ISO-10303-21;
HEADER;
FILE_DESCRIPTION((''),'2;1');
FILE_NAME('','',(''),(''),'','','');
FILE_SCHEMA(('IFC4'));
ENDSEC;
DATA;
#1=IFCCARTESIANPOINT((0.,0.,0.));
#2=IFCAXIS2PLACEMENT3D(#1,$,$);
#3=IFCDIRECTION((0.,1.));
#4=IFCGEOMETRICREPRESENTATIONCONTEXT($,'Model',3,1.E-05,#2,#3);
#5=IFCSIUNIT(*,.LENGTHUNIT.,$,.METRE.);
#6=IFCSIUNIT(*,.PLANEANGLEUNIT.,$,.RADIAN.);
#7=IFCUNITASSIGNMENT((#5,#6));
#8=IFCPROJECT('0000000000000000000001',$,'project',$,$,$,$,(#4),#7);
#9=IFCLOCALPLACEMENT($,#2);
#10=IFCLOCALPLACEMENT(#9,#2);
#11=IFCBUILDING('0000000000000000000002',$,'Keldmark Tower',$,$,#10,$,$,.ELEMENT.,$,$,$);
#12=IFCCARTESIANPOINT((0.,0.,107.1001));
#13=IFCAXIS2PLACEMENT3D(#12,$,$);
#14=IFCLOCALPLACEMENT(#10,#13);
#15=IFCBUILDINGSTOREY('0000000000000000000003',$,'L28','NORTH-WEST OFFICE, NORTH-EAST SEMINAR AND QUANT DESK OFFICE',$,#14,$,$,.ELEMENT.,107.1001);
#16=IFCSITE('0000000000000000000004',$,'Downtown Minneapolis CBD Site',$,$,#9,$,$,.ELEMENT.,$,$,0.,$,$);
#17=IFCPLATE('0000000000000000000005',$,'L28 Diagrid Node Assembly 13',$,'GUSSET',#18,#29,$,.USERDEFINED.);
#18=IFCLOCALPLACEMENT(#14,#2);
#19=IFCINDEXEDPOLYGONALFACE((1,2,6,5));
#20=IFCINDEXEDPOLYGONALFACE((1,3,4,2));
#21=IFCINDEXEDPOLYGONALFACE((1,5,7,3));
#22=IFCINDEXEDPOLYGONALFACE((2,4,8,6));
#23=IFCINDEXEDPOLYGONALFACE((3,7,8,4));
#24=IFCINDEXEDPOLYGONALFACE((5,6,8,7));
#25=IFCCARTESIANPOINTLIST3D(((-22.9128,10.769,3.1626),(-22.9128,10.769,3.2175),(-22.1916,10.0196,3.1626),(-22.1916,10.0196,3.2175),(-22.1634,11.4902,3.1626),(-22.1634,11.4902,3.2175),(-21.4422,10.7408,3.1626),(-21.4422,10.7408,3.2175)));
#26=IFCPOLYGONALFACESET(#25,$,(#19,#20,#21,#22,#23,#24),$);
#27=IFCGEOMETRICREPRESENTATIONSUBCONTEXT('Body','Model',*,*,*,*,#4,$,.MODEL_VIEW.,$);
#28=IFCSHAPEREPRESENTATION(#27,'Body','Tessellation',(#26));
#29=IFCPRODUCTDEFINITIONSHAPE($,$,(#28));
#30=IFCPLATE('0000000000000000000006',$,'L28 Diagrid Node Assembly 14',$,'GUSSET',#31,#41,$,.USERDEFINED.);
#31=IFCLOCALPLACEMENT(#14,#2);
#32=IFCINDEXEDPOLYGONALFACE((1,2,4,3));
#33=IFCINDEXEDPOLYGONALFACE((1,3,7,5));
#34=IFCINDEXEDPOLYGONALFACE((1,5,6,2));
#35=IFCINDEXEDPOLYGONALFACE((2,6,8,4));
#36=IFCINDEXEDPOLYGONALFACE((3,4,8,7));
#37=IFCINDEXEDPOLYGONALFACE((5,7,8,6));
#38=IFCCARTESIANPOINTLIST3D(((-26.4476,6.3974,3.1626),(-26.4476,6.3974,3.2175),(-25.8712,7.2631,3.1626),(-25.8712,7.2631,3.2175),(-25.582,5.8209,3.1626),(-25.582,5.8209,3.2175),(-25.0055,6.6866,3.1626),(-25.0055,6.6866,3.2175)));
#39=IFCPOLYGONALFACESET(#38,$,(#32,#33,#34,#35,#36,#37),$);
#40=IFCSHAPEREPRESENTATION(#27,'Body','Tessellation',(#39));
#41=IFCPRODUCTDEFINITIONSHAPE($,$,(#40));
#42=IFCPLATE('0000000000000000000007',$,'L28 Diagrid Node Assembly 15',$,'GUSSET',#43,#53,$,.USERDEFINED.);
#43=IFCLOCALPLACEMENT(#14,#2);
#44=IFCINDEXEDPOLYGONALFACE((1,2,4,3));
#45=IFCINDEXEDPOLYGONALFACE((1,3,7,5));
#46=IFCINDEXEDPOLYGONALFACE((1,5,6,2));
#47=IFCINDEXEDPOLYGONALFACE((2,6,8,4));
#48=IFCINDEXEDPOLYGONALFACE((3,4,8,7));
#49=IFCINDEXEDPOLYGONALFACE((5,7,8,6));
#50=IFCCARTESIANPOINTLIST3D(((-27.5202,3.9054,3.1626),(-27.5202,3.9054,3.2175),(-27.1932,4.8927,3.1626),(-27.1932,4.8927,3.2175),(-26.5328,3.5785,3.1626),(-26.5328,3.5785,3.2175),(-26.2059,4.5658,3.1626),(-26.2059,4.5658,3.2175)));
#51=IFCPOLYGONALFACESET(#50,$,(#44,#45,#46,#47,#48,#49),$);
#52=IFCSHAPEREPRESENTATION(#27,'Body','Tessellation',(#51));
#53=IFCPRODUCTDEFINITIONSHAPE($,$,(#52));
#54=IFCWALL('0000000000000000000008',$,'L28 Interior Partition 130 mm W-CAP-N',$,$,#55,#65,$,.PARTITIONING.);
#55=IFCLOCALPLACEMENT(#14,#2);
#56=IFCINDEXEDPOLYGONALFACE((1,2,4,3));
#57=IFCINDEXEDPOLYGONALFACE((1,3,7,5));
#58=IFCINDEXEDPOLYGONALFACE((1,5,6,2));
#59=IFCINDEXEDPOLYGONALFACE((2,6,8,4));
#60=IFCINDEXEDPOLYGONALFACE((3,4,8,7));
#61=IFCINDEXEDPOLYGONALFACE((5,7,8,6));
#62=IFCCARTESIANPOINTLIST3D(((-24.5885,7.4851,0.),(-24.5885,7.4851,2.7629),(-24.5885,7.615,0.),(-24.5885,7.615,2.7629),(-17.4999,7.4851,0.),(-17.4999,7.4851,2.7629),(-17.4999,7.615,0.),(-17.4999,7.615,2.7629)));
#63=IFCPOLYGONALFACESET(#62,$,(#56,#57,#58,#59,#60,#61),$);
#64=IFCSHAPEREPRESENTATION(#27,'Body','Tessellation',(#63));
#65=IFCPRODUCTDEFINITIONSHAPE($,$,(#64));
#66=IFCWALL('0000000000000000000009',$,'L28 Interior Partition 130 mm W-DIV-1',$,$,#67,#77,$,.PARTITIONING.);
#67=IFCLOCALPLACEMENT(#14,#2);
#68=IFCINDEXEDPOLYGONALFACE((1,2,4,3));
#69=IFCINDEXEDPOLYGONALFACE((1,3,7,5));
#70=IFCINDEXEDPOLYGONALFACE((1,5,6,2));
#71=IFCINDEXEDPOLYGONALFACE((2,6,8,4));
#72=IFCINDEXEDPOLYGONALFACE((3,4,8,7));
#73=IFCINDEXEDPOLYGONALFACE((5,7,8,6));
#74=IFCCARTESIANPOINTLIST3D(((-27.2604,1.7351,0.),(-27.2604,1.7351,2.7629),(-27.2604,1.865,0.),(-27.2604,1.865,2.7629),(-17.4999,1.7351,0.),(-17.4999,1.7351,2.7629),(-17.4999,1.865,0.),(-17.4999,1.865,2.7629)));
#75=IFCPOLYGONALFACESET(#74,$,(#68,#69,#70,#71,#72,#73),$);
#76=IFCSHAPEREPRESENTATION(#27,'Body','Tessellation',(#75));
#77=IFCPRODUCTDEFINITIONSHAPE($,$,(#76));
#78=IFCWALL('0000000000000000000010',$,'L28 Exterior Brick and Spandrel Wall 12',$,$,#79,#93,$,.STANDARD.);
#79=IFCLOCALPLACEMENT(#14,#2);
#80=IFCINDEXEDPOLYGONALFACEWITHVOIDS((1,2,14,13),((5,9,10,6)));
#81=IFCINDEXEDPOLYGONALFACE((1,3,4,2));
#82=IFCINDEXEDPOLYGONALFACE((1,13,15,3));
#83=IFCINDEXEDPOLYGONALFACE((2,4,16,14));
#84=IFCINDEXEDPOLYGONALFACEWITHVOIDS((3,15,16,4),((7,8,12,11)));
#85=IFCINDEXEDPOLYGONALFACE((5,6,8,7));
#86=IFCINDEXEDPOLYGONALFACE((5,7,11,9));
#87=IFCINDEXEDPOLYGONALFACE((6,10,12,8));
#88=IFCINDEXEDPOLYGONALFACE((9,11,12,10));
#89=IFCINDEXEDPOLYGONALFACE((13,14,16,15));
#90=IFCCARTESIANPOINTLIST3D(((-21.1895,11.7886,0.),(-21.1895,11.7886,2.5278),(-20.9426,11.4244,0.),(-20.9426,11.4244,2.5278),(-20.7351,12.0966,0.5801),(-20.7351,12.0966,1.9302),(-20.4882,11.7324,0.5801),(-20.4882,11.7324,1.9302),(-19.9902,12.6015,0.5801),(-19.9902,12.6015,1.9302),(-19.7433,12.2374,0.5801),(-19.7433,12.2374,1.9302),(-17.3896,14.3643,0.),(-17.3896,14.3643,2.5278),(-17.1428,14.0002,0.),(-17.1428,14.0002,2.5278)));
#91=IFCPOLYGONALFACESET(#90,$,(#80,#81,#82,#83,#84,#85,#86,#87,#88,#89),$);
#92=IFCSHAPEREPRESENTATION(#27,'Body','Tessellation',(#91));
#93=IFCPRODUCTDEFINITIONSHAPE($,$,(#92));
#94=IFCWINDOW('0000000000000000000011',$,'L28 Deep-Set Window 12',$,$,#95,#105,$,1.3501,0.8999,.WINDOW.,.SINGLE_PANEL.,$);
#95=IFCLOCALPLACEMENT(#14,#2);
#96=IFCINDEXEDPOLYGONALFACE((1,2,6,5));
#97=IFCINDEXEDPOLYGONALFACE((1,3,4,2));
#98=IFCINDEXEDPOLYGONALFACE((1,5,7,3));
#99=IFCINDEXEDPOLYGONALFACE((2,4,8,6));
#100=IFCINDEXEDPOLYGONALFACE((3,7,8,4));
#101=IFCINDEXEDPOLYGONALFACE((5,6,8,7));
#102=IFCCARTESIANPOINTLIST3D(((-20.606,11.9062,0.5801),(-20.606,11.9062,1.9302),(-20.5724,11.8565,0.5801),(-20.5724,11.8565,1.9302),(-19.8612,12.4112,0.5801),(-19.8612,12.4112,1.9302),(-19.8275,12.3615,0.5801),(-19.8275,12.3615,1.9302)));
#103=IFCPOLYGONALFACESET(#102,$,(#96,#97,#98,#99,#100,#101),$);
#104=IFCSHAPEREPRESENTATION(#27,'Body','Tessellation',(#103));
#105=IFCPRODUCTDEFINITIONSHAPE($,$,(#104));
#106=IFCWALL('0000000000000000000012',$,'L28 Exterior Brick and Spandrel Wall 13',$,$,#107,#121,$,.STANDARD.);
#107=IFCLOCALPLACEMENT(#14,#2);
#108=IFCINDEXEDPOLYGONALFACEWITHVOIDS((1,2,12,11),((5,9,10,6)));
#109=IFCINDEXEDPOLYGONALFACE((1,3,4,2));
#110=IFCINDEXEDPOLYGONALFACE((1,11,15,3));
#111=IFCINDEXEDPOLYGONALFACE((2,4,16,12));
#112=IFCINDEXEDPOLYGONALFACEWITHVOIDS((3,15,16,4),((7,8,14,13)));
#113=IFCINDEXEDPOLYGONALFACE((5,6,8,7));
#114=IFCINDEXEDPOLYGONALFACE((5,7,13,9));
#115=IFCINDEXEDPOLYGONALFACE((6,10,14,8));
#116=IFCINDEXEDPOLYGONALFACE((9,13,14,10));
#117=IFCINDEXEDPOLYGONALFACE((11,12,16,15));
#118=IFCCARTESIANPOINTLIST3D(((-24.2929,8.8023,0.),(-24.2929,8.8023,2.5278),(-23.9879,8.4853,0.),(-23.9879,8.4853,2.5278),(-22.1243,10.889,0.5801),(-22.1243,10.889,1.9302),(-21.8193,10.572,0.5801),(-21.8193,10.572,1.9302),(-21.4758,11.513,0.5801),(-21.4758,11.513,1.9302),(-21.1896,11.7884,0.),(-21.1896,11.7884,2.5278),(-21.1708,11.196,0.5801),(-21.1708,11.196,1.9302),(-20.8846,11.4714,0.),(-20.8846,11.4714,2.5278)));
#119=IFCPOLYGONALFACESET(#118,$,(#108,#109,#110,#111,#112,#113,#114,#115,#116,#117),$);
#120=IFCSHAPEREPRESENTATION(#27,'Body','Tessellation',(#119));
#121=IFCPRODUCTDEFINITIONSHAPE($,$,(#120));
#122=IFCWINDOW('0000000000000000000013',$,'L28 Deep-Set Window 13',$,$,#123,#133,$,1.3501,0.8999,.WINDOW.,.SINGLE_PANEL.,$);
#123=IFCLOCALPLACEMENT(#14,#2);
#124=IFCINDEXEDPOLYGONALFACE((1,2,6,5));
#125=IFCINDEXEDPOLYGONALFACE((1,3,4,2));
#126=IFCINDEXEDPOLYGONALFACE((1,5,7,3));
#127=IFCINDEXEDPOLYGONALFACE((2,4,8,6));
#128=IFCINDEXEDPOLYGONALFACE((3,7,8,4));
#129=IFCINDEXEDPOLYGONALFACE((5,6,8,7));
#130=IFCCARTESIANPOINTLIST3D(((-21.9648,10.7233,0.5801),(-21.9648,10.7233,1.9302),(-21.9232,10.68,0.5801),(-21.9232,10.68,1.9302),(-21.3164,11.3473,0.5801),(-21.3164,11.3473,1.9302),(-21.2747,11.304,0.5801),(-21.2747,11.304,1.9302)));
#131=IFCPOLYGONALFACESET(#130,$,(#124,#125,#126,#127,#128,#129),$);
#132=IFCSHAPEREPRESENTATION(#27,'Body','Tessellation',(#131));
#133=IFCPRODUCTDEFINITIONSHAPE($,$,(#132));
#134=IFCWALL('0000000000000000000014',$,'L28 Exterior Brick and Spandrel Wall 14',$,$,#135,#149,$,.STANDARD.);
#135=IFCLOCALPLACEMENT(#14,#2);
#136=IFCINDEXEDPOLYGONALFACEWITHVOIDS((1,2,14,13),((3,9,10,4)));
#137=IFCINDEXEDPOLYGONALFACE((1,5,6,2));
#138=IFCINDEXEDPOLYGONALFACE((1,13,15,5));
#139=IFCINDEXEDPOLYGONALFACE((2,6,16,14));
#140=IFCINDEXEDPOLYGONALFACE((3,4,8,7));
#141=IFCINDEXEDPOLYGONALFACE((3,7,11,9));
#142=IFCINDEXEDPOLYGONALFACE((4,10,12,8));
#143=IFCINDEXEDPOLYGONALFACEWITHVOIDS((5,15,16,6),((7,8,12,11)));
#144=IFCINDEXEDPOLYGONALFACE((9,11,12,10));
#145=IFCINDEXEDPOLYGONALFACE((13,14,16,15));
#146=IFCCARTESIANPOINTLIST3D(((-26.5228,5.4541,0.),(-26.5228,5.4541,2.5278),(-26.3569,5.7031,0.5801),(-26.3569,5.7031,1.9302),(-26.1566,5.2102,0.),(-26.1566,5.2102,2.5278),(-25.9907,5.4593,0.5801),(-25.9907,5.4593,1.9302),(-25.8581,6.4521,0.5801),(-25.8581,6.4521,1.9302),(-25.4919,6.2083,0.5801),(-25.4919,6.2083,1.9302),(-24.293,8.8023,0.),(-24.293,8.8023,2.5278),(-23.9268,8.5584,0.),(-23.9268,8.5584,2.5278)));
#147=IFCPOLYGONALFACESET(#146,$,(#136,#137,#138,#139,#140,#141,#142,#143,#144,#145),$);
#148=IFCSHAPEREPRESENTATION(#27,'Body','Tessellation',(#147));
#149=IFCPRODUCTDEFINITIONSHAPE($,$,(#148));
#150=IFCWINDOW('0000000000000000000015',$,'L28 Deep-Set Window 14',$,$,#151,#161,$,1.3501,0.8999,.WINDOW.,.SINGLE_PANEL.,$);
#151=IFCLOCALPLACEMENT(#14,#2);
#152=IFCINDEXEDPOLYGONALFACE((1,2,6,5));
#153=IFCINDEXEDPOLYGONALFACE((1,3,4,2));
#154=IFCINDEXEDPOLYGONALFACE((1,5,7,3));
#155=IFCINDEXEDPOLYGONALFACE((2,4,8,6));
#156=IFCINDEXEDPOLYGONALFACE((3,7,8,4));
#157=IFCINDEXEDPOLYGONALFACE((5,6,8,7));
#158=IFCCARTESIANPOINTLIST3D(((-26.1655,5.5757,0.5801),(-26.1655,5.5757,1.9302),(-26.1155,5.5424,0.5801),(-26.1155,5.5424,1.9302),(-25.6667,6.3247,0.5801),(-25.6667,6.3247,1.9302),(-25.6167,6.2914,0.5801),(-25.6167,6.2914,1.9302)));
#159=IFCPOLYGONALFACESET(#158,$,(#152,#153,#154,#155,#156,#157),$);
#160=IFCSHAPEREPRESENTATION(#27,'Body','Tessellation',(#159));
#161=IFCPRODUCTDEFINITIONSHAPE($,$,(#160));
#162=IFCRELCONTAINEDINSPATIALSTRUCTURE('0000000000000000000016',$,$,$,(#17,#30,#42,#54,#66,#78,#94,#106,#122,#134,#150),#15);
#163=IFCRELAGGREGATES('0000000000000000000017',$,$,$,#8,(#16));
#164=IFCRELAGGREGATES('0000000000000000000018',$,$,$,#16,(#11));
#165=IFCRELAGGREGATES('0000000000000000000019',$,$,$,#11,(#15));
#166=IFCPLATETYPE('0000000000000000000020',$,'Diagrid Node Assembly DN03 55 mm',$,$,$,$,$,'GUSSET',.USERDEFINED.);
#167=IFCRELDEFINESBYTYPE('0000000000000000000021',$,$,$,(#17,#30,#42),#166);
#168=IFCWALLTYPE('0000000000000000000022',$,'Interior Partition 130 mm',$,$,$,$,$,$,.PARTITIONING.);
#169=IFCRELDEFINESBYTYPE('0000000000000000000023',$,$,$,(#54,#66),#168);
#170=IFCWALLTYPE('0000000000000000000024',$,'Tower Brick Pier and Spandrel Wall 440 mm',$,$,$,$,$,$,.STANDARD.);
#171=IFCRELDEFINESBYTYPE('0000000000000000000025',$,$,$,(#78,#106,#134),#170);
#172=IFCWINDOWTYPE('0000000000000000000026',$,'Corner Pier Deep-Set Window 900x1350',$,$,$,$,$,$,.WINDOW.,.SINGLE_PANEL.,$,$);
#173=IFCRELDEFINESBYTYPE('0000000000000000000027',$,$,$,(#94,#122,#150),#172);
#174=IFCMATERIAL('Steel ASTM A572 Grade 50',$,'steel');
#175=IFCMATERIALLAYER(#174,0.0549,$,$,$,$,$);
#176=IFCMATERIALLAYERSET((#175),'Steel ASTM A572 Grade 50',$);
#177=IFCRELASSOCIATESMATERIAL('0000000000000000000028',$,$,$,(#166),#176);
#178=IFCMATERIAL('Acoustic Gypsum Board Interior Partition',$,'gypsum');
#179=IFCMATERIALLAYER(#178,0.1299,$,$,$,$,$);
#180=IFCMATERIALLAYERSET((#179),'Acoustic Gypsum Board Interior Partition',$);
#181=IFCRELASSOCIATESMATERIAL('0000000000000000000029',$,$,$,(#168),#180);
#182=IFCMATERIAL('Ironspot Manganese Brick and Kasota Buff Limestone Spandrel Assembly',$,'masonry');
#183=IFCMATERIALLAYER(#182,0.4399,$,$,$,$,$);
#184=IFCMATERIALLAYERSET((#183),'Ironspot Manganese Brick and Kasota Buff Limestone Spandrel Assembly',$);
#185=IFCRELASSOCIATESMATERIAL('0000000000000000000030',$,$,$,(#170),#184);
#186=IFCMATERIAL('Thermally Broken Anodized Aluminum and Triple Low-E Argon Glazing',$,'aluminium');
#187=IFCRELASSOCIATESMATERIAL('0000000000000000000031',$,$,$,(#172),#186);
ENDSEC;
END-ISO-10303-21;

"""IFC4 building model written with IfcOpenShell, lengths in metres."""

from ifc_helpers import new_model, si_unit, direction, frame, frame_2d, origin, origin_2d, place, context, subcontext, project, spatial, rectangle, extrude, material, layer, layer_set, type_object, element, fill, save


model = new_model("IFC4")

# Units and contexts
model_context = context("Model", 3, precision=1e-05, world=origin(), true_north=direction((0.0, 1.0)))
body_context = subcontext(model_context, "Body", "Model", "MODEL_VIEW")
ifc_project = project(units=[si_unit("LENGTHUNIT", "METRE"), si_unit("PLANEANGLEUNIT", "RADIAN")], contexts=[model_context])

# Site, building, storey
site_placement = place(None, origin())
site = spatial("IfcSite", under=ifc_project, at=site_placement, Name="Downtown Minneapolis CBD Site", CompositionType="ELEMENT", RefElevation=0.0)
building_placement = place(site_placement, origin())
building = spatial("IfcBuilding", under=site, at=building_placement, Name="Keldmark Tower", CompositionType="ELEMENT")
storey_placement = place(building_placement, frame((0.0, 0.0, 107.1001)))
storey = spatial("IfcBuildingStorey", under=building, at=storey_placement, Name="L28", Description="NORTH-WEST OFFICE, NORTH-EAST SEMINAR AND QUANT DESK OFFICE", CompositionType="ELEMENT", Elevation=107.1001)

# Plates
ifc_material_1 = material(Name="Steel ASTM A572 Grade 50", Category="steel")
ifc_layer_1 = layer(ifc_material_1, 0.0549)
ifc_layer_set_1 = layer_set([ifc_layer_1], Name="Steel ASTM A572 Grade 50")
plate_type = type_object("IfcPlateType", Name="Diagrid Node Assembly DN03 55 mm", ElementType="GUSSET", PredefinedType="USERDEFINED", material=ifc_layer_set_1)
for number, where, z_axis, x_axis, name in (
    (1, (-22.1775, 10.7549, 3.1626), (0.0, 0.0, 1.0), (-0.720551, -0.693402, 0.0), "L28 Diagrid Node Assembly 13"),
    (2, (-25.7266, 6.542, 3.1626), (0.0, 0.0, 1.0), (-0.554263, -0.832341, 0.0), "L28 Diagrid Node Assembly 14"),
    (3, (-26.863, 4.2356, 3.1626), (0.0, 0.0, 1.0), (-0.314324, -0.949316, 0.0), "L28 Diagrid Node Assembly 15"),
):
    element("IfcPlate", number, at=place(storey_placement, frame(where, z_axis=z_axis, x_axis=x_axis)), inside=storey, type_object=plate_type, Name=name, ObjectType="GUSSET", PredefinedType="USERDEFINED", context=body_context, shape_type="SweptSolid", body=[
        extrude(rectangle(XDim=1.04, YDim=1.04, at=origin_2d()), origin(), (0.0, 0.0, 1.0), 0.0549),
    ])

# Walls
ifc_material_2 = material(Name="Acoustic Gypsum Board Interior Partition", Category="gypsum")
ifc_layer_2 = layer(ifc_material_2, 0.1299)
ifc_layer_set_2 = layer_set([ifc_layer_2], Name="Acoustic Gypsum Board Interior Partition")
wall_type_1 = type_object("IfcWallType", Name="Interior Partition 130 mm", PredefinedType="PARTITIONING", material=ifc_layer_set_2)
wall_1_placement = place(storey_placement, frame((-24.5886, 7.55, 0.0), z_axis=(0.0, 0.0, 1.0), x_axis=(1.0, 0.0, 0.0)))
element("IfcWall", 4, at=wall_1_placement, inside=storey, type_object=wall_type_1, Name="L28 Interior Partition 130 mm W-CAP-N", PredefinedType="PARTITIONING", context=body_context, shape_type="SweptSolid", body=[
    extrude(rectangle(XDim=7.0886, YDim=0.1299, at=frame_2d((3.5444, 0.0))), origin(), (0.0, 0.0, 1.0), 2.7629),
])
wall_2_placement = place(storey_placement, frame((-27.2605, 1.8, 0.0), z_axis=(0.0, 0.0, 1.0), x_axis=(1.0, 0.0, 0.0)))
element("IfcWall", 5, at=wall_2_placement, inside=storey, type_object=wall_type_1, Name="L28 Interior Partition 130 mm W-DIV-1", PredefinedType="PARTITIONING", context=body_context, shape_type="SweptSolid", body=[
    extrude(rectangle(XDim=9.7605, YDim=0.1299, at=frame_2d((4.8804, 0.0))), origin(), (0.0, 0.0, 1.0), 2.7629),
])

# Walls, openings, windows
ifc_material_3 = material(Name="Ironspot Manganese Brick and Kasota Buff Limestone Spandrel Assembly", Category="masonry")
ifc_layer_3 = layer(ifc_material_3, 0.4399)
ifc_layer_set_3 = layer_set([ifc_layer_3], Name="Ironspot Manganese Brick and Kasota Buff Limestone Spandrel Assembly")
wall_type_2 = type_object("IfcWallType", Name="Tower Brick Pier and Spandrel Wall 440 mm", PredefinedType="STANDARD", material=ifc_layer_set_3)
wall_3_placement = place(storey_placement, frame((-21.0662, 11.6064, 0.0), z_axis=(0.0, 0.0, 1.0), x_axis=(0.827755, 0.56109, 0.0)))
wall_3 = element("IfcWall", 6, at=wall_3_placement, inside=storey, type_object=wall_type_2, Name="L28 Exterior Brick and Spandrel Wall 12", PredefinedType="STANDARD", context=body_context, shape_type="SweptSolid", body=[
    extrude(rectangle(XDim=4.5906, YDim=0.4399, at=frame_2d((2.2954, 0.0))), origin(), (0.0, 0.0, 1.0), 2.5278),
])
opening_1_placement = place(wall_3_placement, frame((0.5491, 0.0, 0.5801)))
opening_1 = element("IfcOpeningElement", 7, at=opening_1_placement, cuts=wall_3, PredefinedType="OPENING", context=body_context, shape_type="SweptSolid", body=[
    extrude(rectangle(XDim=0.8999, YDim=1.3501, at=frame_2d((0.45, 0.675))), frame((0.0, 0.23, 0.0), z_axis=(0.0, -1.0, 0.0), x_axis=(1.0, 0.0, 0.0)), (0.0, 0.0, 1.0), 0.46),
])
ifc_material_4 = material(Name="Thermally Broken Anodized Aluminum and Triple Low-E Argon Glazing", Category="aluminium")
window_type = type_object("IfcWindowType", Name="Corner Pier Deep-Set Window 900x1350", PartitioningType="SINGLE_PANEL", PredefinedType="WINDOW", material=ifc_material_4)
window_1_placement = place(opening_1_placement, origin())
window_1 = element("IfcWindow", 8, at=window_1_placement, inside=storey, type_object=window_type, Name="L28 Deep-Set Window 12", OverallHeight=1.3501, OverallWidth=0.8999, PartitioningType="SINGLE_PANEL", PredefinedType="WINDOW", context=body_context, shape_type="SweptSolid", body=[
    extrude(rectangle(XDim=0.8999, YDim=1.3501, at=frame_2d((0.45, 0.675))), frame((0.0, -0.01, 0.0), z_axis=(0.0, -1.0, 0.0), x_axis=(1.0, 0.0, 0.0)), (0.0, 0.0, 1.0), 0.0601),
])
fill(opening_1, window_1)
wall_4_placement = place(storey_placement, frame((-24.1404, 8.6438, 0.0), z_axis=(0.0, 0.0, 1.0), x_axis=(0.720581, 0.69337, 0.0)))
wall_4 = element("IfcWall", 9, at=wall_4_placement, inside=storey, type_object=wall_type_2, Name="L28 Exterior Brick and Spandrel Wall 13", PredefinedType="STANDARD", context=body_context, shape_type="SweptSolid", body=[
    extrude(rectangle(XDim=4.3066, YDim=0.4399, at=frame_2d((2.1533, 0.0))), origin(), (0.0, 0.0, 1.0), 2.5278),
])
opening_2_placement = place(wall_4_placement, frame((3.0095, 0.0, 0.5801)))
opening_2 = element("IfcOpeningElement", 10, at=opening_2_placement, cuts=wall_4, PredefinedType="OPENING", context=body_context, shape_type="SweptSolid", body=[
    extrude(rectangle(XDim=0.8999, YDim=1.3501, at=frame_2d((0.45, 0.675))), frame((0.0, 0.23, 0.0), z_axis=(0.0, -1.0, 0.0), x_axis=(1.0, 0.0, 0.0)), (0.0, 0.0, 1.0), 0.46),
])
window_2_placement = place(opening_2_placement, origin())
window_2 = element("IfcWindow", 11, at=window_2_placement, inside=storey, type_object=window_type, Name="L28 Deep-Set Window 13", OverallHeight=1.3501, OverallWidth=0.8999, PartitioningType="SINGLE_PANEL", PredefinedType="WINDOW", context=body_context, shape_type="SweptSolid", body=[
    extrude(rectangle(XDim=0.8999, YDim=1.3501, at=frame_2d((0.45, 0.675))), frame((0.0, -0.01, 0.0), z_axis=(0.0, -1.0, 0.0), x_axis=(1.0, 0.0, 0.0)), (0.0, 0.0, 1.0), 0.0601),
])
fill(opening_2, window_2)
wall_5_placement = place(storey_placement, frame((-26.3396, 5.3323, 0.0), z_axis=(0.0, 0.0, 1.0), x_axis=(0.554294, 0.832321, 0.0)))
wall_5 = element("IfcWall", 12, at=wall_5_placement, inside=storey, type_object=wall_type_2, Name="L28 Exterior Brick and Spandrel Wall 14", PredefinedType="STANDARD", context=body_context, shape_type="SweptSolid", body=[
    extrude(rectangle(XDim=4.0227, YDim=0.4399, at=frame_2d((2.0112, 0.0))), origin(), (0.0, 0.0, 1.0), 2.5278),
])
opening_3_placement = place(wall_5_placement, frame((0.2991, 0.0, 0.5801)))
opening_3 = element("IfcOpeningElement", 13, at=opening_3_placement, cuts=wall_5, PredefinedType="OPENING", context=body_context, shape_type="SweptSolid", body=[
    extrude(rectangle(XDim=0.8999, YDim=1.3501, at=frame_2d((0.45, 0.675))), frame((0.0, 0.23, 0.0), z_axis=(0.0, -1.0, 0.0), x_axis=(1.0, 0.0, 0.0)), (0.0, 0.0, 1.0), 0.46),
])
window_3_placement = place(opening_3_placement, origin())
window_3 = element("IfcWindow", 14, at=window_3_placement, inside=storey, type_object=window_type, Name="L28 Deep-Set Window 14", OverallHeight=1.3501, OverallWidth=0.8999, PartitioningType="SINGLE_PANEL", PredefinedType="WINDOW", context=body_context, shape_type="SweptSolid", body=[
    extrude(rectangle(XDim=0.8999, YDim=1.3501, at=frame_2d((0.45, 0.675))), frame((0.0, -0.01, 0.0), z_axis=(0.0, -1.0, 0.0), x_axis=(1.0, 0.0, 0.0)), (0.0, 0.0, 1.0), 0.0601),
])
fill(opening_3, window_3)

save(model, "model.ifc")
